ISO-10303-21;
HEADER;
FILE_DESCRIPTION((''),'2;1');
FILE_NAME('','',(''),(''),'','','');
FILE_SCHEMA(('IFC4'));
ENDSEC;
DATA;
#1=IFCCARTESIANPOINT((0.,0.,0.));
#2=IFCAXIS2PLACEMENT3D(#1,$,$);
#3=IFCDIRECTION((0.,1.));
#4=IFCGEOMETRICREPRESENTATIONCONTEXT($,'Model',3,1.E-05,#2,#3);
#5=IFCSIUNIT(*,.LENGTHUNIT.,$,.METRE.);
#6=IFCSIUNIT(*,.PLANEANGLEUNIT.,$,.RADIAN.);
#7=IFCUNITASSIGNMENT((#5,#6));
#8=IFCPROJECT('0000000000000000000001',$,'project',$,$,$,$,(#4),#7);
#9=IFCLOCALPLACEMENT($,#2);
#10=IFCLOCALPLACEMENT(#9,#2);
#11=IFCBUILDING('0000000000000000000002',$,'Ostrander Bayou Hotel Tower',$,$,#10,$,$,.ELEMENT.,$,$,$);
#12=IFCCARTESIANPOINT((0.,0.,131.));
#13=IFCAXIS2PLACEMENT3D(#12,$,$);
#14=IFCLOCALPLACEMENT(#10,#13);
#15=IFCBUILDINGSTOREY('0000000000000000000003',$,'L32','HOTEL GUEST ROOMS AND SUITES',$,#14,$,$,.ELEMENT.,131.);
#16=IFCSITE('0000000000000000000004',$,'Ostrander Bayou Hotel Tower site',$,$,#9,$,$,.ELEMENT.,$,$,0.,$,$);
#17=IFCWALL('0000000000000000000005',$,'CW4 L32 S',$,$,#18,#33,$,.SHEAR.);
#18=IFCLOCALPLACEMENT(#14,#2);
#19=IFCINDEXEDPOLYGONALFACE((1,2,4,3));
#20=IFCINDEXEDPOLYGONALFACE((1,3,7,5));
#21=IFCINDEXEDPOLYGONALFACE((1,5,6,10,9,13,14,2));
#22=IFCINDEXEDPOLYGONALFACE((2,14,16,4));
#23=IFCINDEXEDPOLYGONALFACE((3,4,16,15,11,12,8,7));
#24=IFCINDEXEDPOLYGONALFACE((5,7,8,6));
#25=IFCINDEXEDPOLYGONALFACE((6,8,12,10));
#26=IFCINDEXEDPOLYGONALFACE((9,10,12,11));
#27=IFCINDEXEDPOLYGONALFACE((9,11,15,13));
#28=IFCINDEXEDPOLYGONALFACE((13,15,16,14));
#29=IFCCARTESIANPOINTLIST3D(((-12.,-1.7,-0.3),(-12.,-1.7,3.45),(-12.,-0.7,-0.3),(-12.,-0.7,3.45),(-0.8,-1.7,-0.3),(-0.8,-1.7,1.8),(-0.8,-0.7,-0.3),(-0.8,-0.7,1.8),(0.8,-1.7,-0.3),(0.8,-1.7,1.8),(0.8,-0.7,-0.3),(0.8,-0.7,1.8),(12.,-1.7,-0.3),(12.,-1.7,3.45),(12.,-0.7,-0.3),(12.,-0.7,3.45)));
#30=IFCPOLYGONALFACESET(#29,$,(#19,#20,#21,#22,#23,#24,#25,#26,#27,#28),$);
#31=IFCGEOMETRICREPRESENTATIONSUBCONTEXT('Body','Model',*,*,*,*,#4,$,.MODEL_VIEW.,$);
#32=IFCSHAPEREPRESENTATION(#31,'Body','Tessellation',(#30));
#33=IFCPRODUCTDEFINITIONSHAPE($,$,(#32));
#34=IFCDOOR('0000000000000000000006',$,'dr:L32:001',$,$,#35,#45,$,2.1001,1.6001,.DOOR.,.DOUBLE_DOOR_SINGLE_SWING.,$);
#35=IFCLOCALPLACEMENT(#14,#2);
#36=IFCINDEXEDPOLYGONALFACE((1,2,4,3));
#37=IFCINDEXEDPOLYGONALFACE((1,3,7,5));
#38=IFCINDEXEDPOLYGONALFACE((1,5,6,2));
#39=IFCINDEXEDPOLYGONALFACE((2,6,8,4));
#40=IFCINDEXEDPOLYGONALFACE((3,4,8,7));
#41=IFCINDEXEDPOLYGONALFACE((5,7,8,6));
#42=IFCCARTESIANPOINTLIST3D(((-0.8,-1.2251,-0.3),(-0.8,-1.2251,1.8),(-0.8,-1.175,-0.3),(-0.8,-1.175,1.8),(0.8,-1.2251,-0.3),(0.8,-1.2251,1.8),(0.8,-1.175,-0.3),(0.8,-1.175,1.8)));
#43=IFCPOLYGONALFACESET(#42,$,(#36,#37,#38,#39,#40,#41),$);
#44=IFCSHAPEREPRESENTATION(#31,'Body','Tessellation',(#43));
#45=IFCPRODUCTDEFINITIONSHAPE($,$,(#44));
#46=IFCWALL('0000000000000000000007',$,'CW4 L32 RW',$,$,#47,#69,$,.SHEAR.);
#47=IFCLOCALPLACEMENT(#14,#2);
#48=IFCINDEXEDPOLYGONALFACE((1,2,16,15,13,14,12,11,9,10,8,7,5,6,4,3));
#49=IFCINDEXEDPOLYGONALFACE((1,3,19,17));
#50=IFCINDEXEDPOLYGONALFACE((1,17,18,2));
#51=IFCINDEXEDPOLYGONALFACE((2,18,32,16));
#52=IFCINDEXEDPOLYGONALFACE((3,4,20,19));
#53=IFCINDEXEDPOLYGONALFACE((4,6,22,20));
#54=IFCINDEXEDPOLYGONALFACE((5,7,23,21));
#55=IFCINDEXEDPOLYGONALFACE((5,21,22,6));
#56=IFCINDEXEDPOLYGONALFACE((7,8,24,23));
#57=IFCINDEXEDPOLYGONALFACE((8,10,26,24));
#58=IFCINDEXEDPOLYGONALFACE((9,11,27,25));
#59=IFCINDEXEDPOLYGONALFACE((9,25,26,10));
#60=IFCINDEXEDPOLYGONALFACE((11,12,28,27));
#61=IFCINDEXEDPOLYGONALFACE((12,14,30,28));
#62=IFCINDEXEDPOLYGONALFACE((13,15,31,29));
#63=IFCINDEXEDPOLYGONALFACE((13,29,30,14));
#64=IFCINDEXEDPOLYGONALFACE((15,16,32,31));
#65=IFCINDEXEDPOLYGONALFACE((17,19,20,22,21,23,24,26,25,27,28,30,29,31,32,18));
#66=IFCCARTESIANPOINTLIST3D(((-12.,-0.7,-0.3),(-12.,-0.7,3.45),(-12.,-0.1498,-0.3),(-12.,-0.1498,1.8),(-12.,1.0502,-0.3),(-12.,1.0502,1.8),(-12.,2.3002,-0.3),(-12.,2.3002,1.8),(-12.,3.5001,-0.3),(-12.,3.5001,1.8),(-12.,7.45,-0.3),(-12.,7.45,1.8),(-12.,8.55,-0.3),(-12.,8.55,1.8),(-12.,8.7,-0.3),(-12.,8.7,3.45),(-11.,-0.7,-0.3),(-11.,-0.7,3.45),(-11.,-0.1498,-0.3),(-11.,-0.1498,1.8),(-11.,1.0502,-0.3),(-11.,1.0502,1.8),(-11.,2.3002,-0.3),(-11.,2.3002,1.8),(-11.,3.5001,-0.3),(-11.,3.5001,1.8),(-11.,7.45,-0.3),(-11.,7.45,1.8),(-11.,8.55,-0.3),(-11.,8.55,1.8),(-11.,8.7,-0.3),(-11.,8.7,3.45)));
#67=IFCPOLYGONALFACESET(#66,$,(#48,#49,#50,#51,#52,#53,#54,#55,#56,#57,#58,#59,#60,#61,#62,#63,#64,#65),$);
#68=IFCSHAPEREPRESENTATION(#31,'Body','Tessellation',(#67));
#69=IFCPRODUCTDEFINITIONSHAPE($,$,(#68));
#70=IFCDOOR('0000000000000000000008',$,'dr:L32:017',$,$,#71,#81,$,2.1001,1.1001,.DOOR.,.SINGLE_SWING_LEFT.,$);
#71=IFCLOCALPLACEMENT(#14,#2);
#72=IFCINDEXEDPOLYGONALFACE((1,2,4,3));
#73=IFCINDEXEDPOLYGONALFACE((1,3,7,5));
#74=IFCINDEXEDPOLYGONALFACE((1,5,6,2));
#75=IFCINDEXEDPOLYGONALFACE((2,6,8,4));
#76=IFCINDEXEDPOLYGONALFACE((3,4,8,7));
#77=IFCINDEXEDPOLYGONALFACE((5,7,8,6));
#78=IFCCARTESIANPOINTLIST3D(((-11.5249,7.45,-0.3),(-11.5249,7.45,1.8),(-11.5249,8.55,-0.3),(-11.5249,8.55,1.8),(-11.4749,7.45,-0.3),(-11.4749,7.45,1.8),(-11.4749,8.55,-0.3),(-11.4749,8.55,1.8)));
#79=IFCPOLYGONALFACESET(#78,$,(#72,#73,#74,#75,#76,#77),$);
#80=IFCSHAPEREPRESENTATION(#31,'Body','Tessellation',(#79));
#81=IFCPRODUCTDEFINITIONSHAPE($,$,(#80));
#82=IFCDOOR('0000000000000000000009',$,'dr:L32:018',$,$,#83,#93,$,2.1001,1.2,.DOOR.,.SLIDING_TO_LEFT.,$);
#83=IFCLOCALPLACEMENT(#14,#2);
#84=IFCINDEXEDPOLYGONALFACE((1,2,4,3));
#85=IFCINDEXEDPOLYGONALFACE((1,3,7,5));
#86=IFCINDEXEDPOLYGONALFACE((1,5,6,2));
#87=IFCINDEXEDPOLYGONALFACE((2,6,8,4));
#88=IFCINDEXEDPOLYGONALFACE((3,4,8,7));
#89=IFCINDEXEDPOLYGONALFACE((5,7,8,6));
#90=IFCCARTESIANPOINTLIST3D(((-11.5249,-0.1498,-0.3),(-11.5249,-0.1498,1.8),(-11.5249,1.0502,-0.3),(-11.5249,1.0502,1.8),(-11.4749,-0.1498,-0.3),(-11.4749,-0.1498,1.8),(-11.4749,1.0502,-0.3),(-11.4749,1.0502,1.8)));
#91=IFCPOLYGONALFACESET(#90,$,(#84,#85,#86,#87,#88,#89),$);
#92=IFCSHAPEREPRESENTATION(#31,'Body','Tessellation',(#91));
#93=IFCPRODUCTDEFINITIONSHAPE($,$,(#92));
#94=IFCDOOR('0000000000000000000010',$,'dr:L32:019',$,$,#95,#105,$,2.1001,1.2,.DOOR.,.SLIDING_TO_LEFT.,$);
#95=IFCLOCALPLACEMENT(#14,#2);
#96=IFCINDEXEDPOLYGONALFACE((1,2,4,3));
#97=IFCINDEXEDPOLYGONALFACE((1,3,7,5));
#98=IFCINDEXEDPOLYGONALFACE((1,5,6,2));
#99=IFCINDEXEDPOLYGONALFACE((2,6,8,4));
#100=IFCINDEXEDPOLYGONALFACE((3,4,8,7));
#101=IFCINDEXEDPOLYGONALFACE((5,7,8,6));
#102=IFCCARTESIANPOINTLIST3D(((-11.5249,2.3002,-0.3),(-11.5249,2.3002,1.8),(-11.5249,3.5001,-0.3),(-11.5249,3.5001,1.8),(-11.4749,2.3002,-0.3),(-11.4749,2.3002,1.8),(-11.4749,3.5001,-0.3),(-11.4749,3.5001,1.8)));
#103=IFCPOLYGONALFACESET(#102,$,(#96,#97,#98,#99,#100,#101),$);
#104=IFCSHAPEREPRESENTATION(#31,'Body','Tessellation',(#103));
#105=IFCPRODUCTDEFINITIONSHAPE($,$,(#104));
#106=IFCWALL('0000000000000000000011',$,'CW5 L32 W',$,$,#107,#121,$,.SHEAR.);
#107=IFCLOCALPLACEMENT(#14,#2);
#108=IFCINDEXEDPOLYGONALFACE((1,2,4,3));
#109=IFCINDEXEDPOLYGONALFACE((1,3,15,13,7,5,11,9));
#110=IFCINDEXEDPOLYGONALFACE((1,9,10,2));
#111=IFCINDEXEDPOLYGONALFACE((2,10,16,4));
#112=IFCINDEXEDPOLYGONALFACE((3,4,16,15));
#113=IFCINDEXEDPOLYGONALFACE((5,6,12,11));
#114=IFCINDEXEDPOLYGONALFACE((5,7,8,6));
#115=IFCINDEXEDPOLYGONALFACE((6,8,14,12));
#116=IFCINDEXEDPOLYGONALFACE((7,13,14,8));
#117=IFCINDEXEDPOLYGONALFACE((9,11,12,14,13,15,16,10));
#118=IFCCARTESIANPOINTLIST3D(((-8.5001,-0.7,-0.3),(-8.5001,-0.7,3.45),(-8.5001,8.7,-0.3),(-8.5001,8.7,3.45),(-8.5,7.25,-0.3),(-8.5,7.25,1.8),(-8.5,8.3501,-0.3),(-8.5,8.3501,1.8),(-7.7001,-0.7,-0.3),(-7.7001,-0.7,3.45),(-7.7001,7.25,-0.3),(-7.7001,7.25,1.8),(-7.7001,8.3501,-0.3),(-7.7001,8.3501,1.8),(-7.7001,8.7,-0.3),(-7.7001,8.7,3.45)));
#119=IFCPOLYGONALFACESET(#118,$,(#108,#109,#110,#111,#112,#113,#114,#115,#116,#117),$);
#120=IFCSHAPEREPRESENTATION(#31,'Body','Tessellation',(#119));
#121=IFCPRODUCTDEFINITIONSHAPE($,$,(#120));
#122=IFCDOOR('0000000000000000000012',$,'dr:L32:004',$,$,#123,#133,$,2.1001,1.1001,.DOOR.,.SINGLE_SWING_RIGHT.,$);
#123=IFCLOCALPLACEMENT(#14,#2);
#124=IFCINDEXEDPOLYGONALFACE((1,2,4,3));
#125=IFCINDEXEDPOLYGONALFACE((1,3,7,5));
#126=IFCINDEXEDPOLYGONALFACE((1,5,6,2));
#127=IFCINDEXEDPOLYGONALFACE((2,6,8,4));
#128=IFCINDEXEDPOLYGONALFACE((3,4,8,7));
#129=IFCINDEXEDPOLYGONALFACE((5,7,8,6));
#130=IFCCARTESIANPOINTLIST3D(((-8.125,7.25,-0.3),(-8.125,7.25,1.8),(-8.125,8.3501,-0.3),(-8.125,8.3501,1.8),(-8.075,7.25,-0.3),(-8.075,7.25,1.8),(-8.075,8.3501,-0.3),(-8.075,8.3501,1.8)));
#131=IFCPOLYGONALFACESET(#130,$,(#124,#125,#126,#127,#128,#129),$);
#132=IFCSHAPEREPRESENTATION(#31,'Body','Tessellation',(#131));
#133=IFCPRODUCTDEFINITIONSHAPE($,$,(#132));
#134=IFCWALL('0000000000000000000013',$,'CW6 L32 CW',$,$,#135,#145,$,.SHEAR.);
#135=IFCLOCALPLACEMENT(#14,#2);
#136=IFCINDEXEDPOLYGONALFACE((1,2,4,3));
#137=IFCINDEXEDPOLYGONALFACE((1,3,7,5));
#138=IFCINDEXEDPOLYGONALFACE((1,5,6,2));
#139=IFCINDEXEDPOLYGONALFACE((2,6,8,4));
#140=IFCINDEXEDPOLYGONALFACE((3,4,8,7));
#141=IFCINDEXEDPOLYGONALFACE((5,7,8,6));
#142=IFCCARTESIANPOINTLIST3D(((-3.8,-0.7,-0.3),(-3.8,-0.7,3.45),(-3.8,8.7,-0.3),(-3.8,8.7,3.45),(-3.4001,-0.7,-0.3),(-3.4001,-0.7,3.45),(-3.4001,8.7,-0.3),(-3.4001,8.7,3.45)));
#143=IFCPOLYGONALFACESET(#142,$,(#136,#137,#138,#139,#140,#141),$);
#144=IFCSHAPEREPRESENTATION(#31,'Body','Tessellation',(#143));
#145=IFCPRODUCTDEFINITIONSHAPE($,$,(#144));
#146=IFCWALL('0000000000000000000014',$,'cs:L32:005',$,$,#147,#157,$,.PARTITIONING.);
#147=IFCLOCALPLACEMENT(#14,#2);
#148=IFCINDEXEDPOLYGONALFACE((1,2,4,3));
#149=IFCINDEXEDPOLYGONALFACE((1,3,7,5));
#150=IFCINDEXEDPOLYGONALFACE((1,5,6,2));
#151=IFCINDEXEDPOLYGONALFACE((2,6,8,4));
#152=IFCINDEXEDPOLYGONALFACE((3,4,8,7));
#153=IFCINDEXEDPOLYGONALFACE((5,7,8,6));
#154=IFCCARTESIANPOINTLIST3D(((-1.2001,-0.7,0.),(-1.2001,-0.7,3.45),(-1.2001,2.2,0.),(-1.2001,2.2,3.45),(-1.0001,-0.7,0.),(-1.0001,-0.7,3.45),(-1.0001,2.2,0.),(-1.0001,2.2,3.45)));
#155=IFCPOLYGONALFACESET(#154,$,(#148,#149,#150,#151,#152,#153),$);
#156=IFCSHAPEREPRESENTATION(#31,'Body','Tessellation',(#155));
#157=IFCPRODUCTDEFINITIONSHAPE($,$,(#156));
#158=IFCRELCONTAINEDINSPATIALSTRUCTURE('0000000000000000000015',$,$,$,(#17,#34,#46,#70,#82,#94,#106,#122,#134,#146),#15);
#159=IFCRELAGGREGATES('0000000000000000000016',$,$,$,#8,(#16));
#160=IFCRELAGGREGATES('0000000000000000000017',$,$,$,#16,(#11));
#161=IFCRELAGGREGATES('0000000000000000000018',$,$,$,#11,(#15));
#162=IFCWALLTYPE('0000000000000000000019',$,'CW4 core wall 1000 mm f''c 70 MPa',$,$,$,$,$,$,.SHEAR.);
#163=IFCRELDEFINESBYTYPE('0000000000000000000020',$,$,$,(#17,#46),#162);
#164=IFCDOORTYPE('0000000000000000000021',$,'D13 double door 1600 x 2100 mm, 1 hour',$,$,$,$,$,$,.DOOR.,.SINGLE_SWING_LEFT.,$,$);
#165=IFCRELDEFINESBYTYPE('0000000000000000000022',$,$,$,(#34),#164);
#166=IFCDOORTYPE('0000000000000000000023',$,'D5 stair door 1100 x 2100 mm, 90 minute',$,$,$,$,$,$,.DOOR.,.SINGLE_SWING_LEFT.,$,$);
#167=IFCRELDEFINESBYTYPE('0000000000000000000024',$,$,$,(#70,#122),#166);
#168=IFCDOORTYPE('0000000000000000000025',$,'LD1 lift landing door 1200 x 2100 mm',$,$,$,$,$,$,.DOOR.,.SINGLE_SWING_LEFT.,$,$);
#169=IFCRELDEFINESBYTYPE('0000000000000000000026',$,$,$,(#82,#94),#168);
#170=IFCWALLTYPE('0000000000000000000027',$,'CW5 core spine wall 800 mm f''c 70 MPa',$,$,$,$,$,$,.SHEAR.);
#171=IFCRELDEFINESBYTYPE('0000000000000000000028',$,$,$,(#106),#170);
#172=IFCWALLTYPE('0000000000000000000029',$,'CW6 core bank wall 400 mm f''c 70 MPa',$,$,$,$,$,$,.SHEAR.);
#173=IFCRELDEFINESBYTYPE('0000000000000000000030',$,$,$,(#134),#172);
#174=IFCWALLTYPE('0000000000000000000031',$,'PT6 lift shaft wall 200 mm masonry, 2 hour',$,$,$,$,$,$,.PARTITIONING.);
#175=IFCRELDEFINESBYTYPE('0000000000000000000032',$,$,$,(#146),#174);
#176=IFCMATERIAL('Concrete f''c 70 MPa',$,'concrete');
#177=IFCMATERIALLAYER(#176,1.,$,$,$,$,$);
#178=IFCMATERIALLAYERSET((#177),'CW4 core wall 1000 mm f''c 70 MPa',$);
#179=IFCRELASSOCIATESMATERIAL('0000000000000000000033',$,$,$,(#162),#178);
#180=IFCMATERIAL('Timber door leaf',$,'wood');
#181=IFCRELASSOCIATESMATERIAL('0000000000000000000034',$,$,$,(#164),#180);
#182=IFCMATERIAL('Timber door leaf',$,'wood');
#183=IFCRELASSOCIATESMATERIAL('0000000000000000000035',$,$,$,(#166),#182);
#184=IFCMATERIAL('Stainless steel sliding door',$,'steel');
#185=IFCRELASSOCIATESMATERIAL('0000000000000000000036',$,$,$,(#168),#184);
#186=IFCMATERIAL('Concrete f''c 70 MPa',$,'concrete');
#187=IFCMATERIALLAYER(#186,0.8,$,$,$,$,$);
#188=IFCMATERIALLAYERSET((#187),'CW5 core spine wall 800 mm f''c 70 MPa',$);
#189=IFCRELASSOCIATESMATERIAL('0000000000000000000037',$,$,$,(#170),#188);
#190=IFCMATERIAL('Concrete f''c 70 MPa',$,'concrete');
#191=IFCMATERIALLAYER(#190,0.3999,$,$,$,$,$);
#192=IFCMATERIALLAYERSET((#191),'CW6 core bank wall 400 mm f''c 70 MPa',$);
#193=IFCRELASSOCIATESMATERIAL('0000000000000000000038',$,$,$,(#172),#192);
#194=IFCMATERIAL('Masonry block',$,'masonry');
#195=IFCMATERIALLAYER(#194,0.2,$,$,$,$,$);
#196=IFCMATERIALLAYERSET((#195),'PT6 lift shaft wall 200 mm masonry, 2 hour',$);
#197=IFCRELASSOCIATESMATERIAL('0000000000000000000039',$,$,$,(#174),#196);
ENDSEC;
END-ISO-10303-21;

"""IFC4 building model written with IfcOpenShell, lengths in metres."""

from ifc_helpers import new_model, si_unit, direction, frame, frame_2d, origin, place, context, subcontext, project, spatial, rectangle, extrude, material, layer, layer_set, type_object, element, fill, save


model = new_model("IFC4")

# Units and contexts
model_context = context("Model", 3, precision=1e-05, world=origin(), true_north=direction((0.0, 1.0)))
body_context = subcontext(model_context, "Body", "Model", "MODEL_VIEW")
ifc_project = project(units=[si_unit("LENGTHUNIT", "METRE"), si_unit("PLANEANGLEUNIT", "RADIAN")], contexts=[model_context])

# Site, building, storey
site_placement = place(None, origin())
site = spatial("IfcSite", under=ifc_project, at=site_placement, Name="Ostrander Bayou Hotel Tower site", CompositionType="ELEMENT", RefElevation=0.0)
building_placement = place(site_placement, origin())
building = spatial("IfcBuilding", under=site, at=building_placement, Name="Ostrander Bayou Hotel Tower", CompositionType="ELEMENT")
storey_placement = place(building_placement, frame((0.0, 0.0, 131.0)))
storey = spatial("IfcBuildingStorey", under=building, at=storey_placement, Name="L32", Description="HOTEL GUEST ROOMS AND SUITES", CompositionType="ELEMENT", Elevation=131.0)

# Wall, opening, door
ifc_material_1 = material(Name="Concrete f'c 70 MPa", Category="concrete")
ifc_layer_1 = layer(ifc_material_1, 1.0)
ifc_layer_set_1 = layer_set([ifc_layer_1], Name="CW4 core wall 1000 mm f'c 70 MPa")
wall_type_1 = type_object("IfcWallType", Name="CW4 core wall 1000 mm f'c 70 MPa", PredefinedType="SHEAR", material=ifc_layer_set_1)
wall_1_placement = place(storey_placement, frame((-12.0, -1.2, -0.3), z_axis=(0.0, 0.0, 1.0), x_axis=(1.0, 0.0, 0.0)))
wall_1 = element("IfcWall", 1, at=wall_1_placement, inside=storey, type_object=wall_type_1, Name="CW4 L32 S", PredefinedType="SHEAR", context=body_context, shape_type="SweptSolid", body=[
    extrude(rectangle(XDim=24.0, YDim=1.0, at=frame_2d((12.0, 0.0))), origin(), (0.0, 0.0, 1.0), 3.75),
])
opening_1_placement = place(wall_1_placement, frame((11.2, 0.0, 0.0)))
opening_1 = element("IfcOpeningElement", 2, at=opening_1_placement, cuts=wall_1, PredefinedType="OPENING", context=body_context, shape_type="SweptSolid", body=[
    extrude(rectangle(XDim=1.6001, YDim=2.1001, at=frame_2d((0.8, 1.05))), frame((0.0, 0.5, 0.0), z_axis=(0.0, -1.0, 0.0), x_axis=(1.0, 0.0, 0.0)), (0.0, 0.0, 1.0), 1.0),
])
ifc_material_2 = material(Name="Timber door leaf", Category="wood")
door_type_1 = type_object("IfcDoorType", Name="D13 double door 1600 x 2100 mm, 1 hour", OperationType="SINGLE_SWING_LEFT", PredefinedType="DOOR", material=ifc_material_2)
door_1_placement = place(opening_1_placement, origin())
door_1 = element("IfcDoor", 3, at=door_1_placement, inside=storey, type_object=door_type_1, Name="dr:L32:001", OperationType="DOUBLE_DOOR_SINGLE_SWING", OverallHeight=2.1001, OverallWidth=1.6001, PredefinedType="DOOR", context=body_context, shape_type="SweptSolid", body=[
    extrude(rectangle(XDim=1.6001, YDim=2.1001, at=frame_2d((0.8, 1.05))), frame((0.0, 0.0249, 0.0), z_axis=(0.0, -1.0, 0.0), x_axis=(1.0, 0.0, 0.0)), (0.0, 0.0, 1.0), 0.05),
])
fill(opening_1, door_1)

# Wall, openings, doors
wall_2_placement = place(storey_placement, frame((-11.5, -0.7, -0.3), z_axis=(0.0, 0.0, 1.0), x_axis=(0.0, 1.0, 0.0)))
wall_2 = element("IfcWall", 4, at=wall_2_placement, inside=storey, type_object=wall_type_1, Name="CW4 L32 RW", PredefinedType="SHEAR", context=body_context, shape_type="SweptSolid", body=[
    extrude(rectangle(XDim=9.3999, YDim=1.0, at=frame_2d((4.7, 0.0))), origin(), (0.0, 0.0, 1.0), 3.75),
])
opening_2_placement = place(wall_2_placement, frame((8.1499, 0.0, 0.0)))
opening_2 = element("IfcOpeningElement", 5, at=opening_2_placement, cuts=wall_2, PredefinedType="OPENING", context=body_context, shape_type="SweptSolid", body=[
    extrude(rectangle(XDim=1.1001, YDim=2.1001, at=frame_2d((0.55, 1.05))), frame((0.0, 0.5, 0.0), z_axis=(0.0, -1.0, 0.0), x_axis=(1.0, 0.0, 0.0)), (0.0, 0.0, 1.0), 1.0),
])
opening_3_placement = place(wall_2_placement, frame((0.55, 0.0, 0.0)))
opening_3 = element("IfcOpeningElement", 6, at=opening_3_placement, cuts=wall_2, PredefinedType="OPENING", context=body_context, shape_type="SweptSolid", body=[
    extrude(rectangle(XDim=1.2, YDim=2.1001, at=frame_2d((0.6001, 1.05))), frame((0.0, 0.5, 0.0), z_axis=(0.0, -1.0, 0.0), x_axis=(1.0, 0.0, 0.0)), (0.0, 0.0, 1.0), 1.0),
])
opening_4_placement = place(wall_2_placement, frame((3.0, 0.0, 0.0)))
opening_4 = element("IfcOpeningElement", 7, at=opening_4_placement, cuts=wall_2, PredefinedType="OPENING", context=body_context, shape_type="SweptSolid", body=[
    extrude(rectangle(XDim=1.2, YDim=2.1001, at=frame_2d((0.6001, 1.05))), frame((0.0, 0.5, 0.0), z_axis=(0.0, -1.0, 0.0), x_axis=(1.0, 0.0, 0.0)), (0.0, 0.0, 1.0), 1.0),
])
ifc_material_3 = material(Name="Timber door leaf", Category="wood")
door_type_2 = type_object("IfcDoorType", Name="D5 stair door 1100 x 2100 mm, 90 minute", OperationType="SINGLE_SWING_LEFT", PredefinedType="DOOR", material=ifc_material_3)
door_2_placement = place(opening_2_placement, origin())
door_2 = element("IfcDoor", 8, at=door_2_placement, inside=storey, type_object=door_type_2, Name="dr:L32:017", OperationType="SINGLE_SWING_LEFT", OverallHeight=2.1001, OverallWidth=1.1001, PredefinedType="DOOR", context=body_context, shape_type="SweptSolid", body=[
    extrude(rectangle(XDim=1.1001, YDim=2.1001, at=frame_2d((0.55, 1.05))), frame((0.0, 0.0249, 0.0), z_axis=(0.0, -1.0, 0.0), x_axis=(1.0, 0.0, 0.0)), (0.0, 0.0, 1.0), 0.05),
])
fill(opening_2, door_2)
ifc_material_4 = material(Name="Stainless steel sliding door", Category="steel")
door_type_3 = type_object("IfcDoorType", Name="LD1 lift landing door 1200 x 2100 mm", OperationType="SINGLE_SWING_LEFT", PredefinedType="DOOR", material=ifc_material_4)
door_3_placement = place(opening_3_placement, origin())
door_3 = element("IfcDoor", 9, at=door_3_placement, inside=storey, type_object=door_type_3, Name="dr:L32:018", OperationType="SLIDING_TO_LEFT", OverallHeight=2.1001, OverallWidth=1.2, PredefinedType="DOOR", context=body_context, shape_type="SweptSolid", body=[
    extrude(rectangle(XDim=1.2, YDim=2.1001, at=frame_2d((0.6001, 1.05))), frame((0.0, 0.0249, 0.0), z_axis=(0.0, -1.0, 0.0), x_axis=(1.0, 0.0, 0.0)), (0.0, 0.0, 1.0), 0.05),
])
fill(opening_3, door_3)
door_4_placement = place(opening_4_placement, origin())
door_4 = element("IfcDoor", 10, at=door_4_placement, inside=storey, type_object=door_type_3, Name="dr:L32:019", OperationType="SLIDING_TO_LEFT", OverallHeight=2.1001, OverallWidth=1.2, PredefinedType="DOOR", context=body_context, shape_type="SweptSolid", body=[
    extrude(rectangle(XDim=1.2, YDim=2.1001, at=frame_2d((0.6001, 1.05))), frame((0.0, 0.0249, 0.0), z_axis=(0.0, -1.0, 0.0), x_axis=(1.0, 0.0, 0.0)), (0.0, 0.0, 1.0), 0.05),
])
fill(opening_4, door_4)

# Wall, opening, door
ifc_material_5 = material(Name="Concrete f'c 70 MPa", Category="concrete")
ifc_layer_2 = layer(ifc_material_5, 0.8)
ifc_layer_set_2 = layer_set([ifc_layer_2], Name="CW5 core spine wall 800 mm f'c 70 MPa")
wall_type_2 = type_object("IfcWallType", Name="CW5 core spine wall 800 mm f'c 70 MPa", PredefinedType="SHEAR", material=ifc_layer_set_2)
wall_3_placement = place(storey_placement, frame((-8.1001, -0.7, -0.3), z_axis=(0.0, 0.0, 1.0), x_axis=(0.0, 1.0, 0.0)))
wall_3 = element("IfcWall", 11, at=wall_3_placement, inside=storey, type_object=wall_type_2, Name="CW5 L32 W", PredefinedType="SHEAR", context=body_context, shape_type="SweptSolid", body=[
    extrude(rectangle(XDim=9.3999, YDim=0.8, at=frame_2d((4.7, 0.0))), origin(), (0.0, 0.0, 1.0), 3.75),
])
opening_5_placement = place(wall_3_placement, frame((7.95, 0.0, 0.0)))
opening_5 = element("IfcOpeningElement", 12, at=opening_5_placement, cuts=wall_3, PredefinedType="OPENING", context=body_context, shape_type="SweptSolid", body=[
    extrude(rectangle(XDim=1.1001, YDim=2.1001, at=frame_2d((0.55, 1.05))), frame((0.0, 0.3999, 0.0), z_axis=(0.0, -1.0, 0.0), x_axis=(1.0, 0.0, 0.0)), (0.0, 0.0, 1.0), 0.8),
])
door_5_placement = place(opening_5_placement, origin())
door_5 = element("IfcDoor", 13, at=door_5_placement, inside=storey, type_object=door_type_2, Name="dr:L32:004", OperationType="SINGLE_SWING_RIGHT", OverallHeight=2.1001, OverallWidth=1.1001, PredefinedType="DOOR", context=body_context, shape_type="SweptSolid", body=[
    extrude(rectangle(XDim=1.1001, YDim=2.1001, at=frame_2d((0.55, 1.05))), frame((0.0, 0.0249, 0.0), z_axis=(0.0, -1.0, 0.0), x_axis=(1.0, 0.0, 0.0)), (0.0, 0.0, 1.0), 0.05),
])
fill(opening_5, door_5)

# Walls
ifc_material_6 = material(Name="Concrete f'c 70 MPa", Category="concrete")
ifc_layer_3 = layer(ifc_material_6, 0.3999)
ifc_layer_set_3 = layer_set([ifc_layer_3], Name="CW6 core bank wall 400 mm f'c 70 MPa")
wall_type_3 = type_object("IfcWallType", Name="CW6 core bank wall 400 mm f'c 70 MPa", PredefinedType="SHEAR", material=ifc_layer_set_3)
wall_4_placement = place(storey_placement, frame((-3.6001, -0.7, -0.3), z_axis=(0.0, 0.0, 1.0), x_axis=(0.0, 1.0, 0.0)))
element("IfcWall", 14, at=wall_4_placement, inside=storey, type_object=wall_type_3, Name="CW6 L32 CW", PredefinedType="SHEAR", context=body_context, shape_type="SweptSolid", body=[
    extrude(rectangle(XDim=9.3999, YDim=0.3999, at=frame_2d((4.7, 0.0))), origin(), (0.0, 0.0, 1.0), 3.75),
])
ifc_material_7 = material(Name="Masonry block", Category="masonry")
ifc_layer_4 = layer(ifc_material_7, 0.2)
ifc_layer_set_4 = layer_set([ifc_layer_4], Name="PT6 lift shaft wall 200 mm masonry, 2 hour")
wall_type_4 = type_object("IfcWallType", Name="PT6 lift shaft wall 200 mm masonry, 2 hour", PredefinedType="PARTITIONING", material=ifc_layer_set_4)
wall_5_placement = place(storey_placement, frame((-1.1001, -0.7, 0.0), z_axis=(0.0, 0.0, 1.0), x_axis=(0.0, 1.0, 0.0)))
element("IfcWall", 15, at=wall_5_placement, inside=storey, type_object=wall_type_4, Name="cs:L32:005", PredefinedType="PARTITIONING", context=body_context, shape_type="SweptSolid", body=[
    extrude(rectangle(XDim=2.8999, YDim=0.2, at=frame_2d((1.45, 0.0))), origin(), (0.0, 0.0, 1.0), 3.45),
])

save(model, "model.ifc")
